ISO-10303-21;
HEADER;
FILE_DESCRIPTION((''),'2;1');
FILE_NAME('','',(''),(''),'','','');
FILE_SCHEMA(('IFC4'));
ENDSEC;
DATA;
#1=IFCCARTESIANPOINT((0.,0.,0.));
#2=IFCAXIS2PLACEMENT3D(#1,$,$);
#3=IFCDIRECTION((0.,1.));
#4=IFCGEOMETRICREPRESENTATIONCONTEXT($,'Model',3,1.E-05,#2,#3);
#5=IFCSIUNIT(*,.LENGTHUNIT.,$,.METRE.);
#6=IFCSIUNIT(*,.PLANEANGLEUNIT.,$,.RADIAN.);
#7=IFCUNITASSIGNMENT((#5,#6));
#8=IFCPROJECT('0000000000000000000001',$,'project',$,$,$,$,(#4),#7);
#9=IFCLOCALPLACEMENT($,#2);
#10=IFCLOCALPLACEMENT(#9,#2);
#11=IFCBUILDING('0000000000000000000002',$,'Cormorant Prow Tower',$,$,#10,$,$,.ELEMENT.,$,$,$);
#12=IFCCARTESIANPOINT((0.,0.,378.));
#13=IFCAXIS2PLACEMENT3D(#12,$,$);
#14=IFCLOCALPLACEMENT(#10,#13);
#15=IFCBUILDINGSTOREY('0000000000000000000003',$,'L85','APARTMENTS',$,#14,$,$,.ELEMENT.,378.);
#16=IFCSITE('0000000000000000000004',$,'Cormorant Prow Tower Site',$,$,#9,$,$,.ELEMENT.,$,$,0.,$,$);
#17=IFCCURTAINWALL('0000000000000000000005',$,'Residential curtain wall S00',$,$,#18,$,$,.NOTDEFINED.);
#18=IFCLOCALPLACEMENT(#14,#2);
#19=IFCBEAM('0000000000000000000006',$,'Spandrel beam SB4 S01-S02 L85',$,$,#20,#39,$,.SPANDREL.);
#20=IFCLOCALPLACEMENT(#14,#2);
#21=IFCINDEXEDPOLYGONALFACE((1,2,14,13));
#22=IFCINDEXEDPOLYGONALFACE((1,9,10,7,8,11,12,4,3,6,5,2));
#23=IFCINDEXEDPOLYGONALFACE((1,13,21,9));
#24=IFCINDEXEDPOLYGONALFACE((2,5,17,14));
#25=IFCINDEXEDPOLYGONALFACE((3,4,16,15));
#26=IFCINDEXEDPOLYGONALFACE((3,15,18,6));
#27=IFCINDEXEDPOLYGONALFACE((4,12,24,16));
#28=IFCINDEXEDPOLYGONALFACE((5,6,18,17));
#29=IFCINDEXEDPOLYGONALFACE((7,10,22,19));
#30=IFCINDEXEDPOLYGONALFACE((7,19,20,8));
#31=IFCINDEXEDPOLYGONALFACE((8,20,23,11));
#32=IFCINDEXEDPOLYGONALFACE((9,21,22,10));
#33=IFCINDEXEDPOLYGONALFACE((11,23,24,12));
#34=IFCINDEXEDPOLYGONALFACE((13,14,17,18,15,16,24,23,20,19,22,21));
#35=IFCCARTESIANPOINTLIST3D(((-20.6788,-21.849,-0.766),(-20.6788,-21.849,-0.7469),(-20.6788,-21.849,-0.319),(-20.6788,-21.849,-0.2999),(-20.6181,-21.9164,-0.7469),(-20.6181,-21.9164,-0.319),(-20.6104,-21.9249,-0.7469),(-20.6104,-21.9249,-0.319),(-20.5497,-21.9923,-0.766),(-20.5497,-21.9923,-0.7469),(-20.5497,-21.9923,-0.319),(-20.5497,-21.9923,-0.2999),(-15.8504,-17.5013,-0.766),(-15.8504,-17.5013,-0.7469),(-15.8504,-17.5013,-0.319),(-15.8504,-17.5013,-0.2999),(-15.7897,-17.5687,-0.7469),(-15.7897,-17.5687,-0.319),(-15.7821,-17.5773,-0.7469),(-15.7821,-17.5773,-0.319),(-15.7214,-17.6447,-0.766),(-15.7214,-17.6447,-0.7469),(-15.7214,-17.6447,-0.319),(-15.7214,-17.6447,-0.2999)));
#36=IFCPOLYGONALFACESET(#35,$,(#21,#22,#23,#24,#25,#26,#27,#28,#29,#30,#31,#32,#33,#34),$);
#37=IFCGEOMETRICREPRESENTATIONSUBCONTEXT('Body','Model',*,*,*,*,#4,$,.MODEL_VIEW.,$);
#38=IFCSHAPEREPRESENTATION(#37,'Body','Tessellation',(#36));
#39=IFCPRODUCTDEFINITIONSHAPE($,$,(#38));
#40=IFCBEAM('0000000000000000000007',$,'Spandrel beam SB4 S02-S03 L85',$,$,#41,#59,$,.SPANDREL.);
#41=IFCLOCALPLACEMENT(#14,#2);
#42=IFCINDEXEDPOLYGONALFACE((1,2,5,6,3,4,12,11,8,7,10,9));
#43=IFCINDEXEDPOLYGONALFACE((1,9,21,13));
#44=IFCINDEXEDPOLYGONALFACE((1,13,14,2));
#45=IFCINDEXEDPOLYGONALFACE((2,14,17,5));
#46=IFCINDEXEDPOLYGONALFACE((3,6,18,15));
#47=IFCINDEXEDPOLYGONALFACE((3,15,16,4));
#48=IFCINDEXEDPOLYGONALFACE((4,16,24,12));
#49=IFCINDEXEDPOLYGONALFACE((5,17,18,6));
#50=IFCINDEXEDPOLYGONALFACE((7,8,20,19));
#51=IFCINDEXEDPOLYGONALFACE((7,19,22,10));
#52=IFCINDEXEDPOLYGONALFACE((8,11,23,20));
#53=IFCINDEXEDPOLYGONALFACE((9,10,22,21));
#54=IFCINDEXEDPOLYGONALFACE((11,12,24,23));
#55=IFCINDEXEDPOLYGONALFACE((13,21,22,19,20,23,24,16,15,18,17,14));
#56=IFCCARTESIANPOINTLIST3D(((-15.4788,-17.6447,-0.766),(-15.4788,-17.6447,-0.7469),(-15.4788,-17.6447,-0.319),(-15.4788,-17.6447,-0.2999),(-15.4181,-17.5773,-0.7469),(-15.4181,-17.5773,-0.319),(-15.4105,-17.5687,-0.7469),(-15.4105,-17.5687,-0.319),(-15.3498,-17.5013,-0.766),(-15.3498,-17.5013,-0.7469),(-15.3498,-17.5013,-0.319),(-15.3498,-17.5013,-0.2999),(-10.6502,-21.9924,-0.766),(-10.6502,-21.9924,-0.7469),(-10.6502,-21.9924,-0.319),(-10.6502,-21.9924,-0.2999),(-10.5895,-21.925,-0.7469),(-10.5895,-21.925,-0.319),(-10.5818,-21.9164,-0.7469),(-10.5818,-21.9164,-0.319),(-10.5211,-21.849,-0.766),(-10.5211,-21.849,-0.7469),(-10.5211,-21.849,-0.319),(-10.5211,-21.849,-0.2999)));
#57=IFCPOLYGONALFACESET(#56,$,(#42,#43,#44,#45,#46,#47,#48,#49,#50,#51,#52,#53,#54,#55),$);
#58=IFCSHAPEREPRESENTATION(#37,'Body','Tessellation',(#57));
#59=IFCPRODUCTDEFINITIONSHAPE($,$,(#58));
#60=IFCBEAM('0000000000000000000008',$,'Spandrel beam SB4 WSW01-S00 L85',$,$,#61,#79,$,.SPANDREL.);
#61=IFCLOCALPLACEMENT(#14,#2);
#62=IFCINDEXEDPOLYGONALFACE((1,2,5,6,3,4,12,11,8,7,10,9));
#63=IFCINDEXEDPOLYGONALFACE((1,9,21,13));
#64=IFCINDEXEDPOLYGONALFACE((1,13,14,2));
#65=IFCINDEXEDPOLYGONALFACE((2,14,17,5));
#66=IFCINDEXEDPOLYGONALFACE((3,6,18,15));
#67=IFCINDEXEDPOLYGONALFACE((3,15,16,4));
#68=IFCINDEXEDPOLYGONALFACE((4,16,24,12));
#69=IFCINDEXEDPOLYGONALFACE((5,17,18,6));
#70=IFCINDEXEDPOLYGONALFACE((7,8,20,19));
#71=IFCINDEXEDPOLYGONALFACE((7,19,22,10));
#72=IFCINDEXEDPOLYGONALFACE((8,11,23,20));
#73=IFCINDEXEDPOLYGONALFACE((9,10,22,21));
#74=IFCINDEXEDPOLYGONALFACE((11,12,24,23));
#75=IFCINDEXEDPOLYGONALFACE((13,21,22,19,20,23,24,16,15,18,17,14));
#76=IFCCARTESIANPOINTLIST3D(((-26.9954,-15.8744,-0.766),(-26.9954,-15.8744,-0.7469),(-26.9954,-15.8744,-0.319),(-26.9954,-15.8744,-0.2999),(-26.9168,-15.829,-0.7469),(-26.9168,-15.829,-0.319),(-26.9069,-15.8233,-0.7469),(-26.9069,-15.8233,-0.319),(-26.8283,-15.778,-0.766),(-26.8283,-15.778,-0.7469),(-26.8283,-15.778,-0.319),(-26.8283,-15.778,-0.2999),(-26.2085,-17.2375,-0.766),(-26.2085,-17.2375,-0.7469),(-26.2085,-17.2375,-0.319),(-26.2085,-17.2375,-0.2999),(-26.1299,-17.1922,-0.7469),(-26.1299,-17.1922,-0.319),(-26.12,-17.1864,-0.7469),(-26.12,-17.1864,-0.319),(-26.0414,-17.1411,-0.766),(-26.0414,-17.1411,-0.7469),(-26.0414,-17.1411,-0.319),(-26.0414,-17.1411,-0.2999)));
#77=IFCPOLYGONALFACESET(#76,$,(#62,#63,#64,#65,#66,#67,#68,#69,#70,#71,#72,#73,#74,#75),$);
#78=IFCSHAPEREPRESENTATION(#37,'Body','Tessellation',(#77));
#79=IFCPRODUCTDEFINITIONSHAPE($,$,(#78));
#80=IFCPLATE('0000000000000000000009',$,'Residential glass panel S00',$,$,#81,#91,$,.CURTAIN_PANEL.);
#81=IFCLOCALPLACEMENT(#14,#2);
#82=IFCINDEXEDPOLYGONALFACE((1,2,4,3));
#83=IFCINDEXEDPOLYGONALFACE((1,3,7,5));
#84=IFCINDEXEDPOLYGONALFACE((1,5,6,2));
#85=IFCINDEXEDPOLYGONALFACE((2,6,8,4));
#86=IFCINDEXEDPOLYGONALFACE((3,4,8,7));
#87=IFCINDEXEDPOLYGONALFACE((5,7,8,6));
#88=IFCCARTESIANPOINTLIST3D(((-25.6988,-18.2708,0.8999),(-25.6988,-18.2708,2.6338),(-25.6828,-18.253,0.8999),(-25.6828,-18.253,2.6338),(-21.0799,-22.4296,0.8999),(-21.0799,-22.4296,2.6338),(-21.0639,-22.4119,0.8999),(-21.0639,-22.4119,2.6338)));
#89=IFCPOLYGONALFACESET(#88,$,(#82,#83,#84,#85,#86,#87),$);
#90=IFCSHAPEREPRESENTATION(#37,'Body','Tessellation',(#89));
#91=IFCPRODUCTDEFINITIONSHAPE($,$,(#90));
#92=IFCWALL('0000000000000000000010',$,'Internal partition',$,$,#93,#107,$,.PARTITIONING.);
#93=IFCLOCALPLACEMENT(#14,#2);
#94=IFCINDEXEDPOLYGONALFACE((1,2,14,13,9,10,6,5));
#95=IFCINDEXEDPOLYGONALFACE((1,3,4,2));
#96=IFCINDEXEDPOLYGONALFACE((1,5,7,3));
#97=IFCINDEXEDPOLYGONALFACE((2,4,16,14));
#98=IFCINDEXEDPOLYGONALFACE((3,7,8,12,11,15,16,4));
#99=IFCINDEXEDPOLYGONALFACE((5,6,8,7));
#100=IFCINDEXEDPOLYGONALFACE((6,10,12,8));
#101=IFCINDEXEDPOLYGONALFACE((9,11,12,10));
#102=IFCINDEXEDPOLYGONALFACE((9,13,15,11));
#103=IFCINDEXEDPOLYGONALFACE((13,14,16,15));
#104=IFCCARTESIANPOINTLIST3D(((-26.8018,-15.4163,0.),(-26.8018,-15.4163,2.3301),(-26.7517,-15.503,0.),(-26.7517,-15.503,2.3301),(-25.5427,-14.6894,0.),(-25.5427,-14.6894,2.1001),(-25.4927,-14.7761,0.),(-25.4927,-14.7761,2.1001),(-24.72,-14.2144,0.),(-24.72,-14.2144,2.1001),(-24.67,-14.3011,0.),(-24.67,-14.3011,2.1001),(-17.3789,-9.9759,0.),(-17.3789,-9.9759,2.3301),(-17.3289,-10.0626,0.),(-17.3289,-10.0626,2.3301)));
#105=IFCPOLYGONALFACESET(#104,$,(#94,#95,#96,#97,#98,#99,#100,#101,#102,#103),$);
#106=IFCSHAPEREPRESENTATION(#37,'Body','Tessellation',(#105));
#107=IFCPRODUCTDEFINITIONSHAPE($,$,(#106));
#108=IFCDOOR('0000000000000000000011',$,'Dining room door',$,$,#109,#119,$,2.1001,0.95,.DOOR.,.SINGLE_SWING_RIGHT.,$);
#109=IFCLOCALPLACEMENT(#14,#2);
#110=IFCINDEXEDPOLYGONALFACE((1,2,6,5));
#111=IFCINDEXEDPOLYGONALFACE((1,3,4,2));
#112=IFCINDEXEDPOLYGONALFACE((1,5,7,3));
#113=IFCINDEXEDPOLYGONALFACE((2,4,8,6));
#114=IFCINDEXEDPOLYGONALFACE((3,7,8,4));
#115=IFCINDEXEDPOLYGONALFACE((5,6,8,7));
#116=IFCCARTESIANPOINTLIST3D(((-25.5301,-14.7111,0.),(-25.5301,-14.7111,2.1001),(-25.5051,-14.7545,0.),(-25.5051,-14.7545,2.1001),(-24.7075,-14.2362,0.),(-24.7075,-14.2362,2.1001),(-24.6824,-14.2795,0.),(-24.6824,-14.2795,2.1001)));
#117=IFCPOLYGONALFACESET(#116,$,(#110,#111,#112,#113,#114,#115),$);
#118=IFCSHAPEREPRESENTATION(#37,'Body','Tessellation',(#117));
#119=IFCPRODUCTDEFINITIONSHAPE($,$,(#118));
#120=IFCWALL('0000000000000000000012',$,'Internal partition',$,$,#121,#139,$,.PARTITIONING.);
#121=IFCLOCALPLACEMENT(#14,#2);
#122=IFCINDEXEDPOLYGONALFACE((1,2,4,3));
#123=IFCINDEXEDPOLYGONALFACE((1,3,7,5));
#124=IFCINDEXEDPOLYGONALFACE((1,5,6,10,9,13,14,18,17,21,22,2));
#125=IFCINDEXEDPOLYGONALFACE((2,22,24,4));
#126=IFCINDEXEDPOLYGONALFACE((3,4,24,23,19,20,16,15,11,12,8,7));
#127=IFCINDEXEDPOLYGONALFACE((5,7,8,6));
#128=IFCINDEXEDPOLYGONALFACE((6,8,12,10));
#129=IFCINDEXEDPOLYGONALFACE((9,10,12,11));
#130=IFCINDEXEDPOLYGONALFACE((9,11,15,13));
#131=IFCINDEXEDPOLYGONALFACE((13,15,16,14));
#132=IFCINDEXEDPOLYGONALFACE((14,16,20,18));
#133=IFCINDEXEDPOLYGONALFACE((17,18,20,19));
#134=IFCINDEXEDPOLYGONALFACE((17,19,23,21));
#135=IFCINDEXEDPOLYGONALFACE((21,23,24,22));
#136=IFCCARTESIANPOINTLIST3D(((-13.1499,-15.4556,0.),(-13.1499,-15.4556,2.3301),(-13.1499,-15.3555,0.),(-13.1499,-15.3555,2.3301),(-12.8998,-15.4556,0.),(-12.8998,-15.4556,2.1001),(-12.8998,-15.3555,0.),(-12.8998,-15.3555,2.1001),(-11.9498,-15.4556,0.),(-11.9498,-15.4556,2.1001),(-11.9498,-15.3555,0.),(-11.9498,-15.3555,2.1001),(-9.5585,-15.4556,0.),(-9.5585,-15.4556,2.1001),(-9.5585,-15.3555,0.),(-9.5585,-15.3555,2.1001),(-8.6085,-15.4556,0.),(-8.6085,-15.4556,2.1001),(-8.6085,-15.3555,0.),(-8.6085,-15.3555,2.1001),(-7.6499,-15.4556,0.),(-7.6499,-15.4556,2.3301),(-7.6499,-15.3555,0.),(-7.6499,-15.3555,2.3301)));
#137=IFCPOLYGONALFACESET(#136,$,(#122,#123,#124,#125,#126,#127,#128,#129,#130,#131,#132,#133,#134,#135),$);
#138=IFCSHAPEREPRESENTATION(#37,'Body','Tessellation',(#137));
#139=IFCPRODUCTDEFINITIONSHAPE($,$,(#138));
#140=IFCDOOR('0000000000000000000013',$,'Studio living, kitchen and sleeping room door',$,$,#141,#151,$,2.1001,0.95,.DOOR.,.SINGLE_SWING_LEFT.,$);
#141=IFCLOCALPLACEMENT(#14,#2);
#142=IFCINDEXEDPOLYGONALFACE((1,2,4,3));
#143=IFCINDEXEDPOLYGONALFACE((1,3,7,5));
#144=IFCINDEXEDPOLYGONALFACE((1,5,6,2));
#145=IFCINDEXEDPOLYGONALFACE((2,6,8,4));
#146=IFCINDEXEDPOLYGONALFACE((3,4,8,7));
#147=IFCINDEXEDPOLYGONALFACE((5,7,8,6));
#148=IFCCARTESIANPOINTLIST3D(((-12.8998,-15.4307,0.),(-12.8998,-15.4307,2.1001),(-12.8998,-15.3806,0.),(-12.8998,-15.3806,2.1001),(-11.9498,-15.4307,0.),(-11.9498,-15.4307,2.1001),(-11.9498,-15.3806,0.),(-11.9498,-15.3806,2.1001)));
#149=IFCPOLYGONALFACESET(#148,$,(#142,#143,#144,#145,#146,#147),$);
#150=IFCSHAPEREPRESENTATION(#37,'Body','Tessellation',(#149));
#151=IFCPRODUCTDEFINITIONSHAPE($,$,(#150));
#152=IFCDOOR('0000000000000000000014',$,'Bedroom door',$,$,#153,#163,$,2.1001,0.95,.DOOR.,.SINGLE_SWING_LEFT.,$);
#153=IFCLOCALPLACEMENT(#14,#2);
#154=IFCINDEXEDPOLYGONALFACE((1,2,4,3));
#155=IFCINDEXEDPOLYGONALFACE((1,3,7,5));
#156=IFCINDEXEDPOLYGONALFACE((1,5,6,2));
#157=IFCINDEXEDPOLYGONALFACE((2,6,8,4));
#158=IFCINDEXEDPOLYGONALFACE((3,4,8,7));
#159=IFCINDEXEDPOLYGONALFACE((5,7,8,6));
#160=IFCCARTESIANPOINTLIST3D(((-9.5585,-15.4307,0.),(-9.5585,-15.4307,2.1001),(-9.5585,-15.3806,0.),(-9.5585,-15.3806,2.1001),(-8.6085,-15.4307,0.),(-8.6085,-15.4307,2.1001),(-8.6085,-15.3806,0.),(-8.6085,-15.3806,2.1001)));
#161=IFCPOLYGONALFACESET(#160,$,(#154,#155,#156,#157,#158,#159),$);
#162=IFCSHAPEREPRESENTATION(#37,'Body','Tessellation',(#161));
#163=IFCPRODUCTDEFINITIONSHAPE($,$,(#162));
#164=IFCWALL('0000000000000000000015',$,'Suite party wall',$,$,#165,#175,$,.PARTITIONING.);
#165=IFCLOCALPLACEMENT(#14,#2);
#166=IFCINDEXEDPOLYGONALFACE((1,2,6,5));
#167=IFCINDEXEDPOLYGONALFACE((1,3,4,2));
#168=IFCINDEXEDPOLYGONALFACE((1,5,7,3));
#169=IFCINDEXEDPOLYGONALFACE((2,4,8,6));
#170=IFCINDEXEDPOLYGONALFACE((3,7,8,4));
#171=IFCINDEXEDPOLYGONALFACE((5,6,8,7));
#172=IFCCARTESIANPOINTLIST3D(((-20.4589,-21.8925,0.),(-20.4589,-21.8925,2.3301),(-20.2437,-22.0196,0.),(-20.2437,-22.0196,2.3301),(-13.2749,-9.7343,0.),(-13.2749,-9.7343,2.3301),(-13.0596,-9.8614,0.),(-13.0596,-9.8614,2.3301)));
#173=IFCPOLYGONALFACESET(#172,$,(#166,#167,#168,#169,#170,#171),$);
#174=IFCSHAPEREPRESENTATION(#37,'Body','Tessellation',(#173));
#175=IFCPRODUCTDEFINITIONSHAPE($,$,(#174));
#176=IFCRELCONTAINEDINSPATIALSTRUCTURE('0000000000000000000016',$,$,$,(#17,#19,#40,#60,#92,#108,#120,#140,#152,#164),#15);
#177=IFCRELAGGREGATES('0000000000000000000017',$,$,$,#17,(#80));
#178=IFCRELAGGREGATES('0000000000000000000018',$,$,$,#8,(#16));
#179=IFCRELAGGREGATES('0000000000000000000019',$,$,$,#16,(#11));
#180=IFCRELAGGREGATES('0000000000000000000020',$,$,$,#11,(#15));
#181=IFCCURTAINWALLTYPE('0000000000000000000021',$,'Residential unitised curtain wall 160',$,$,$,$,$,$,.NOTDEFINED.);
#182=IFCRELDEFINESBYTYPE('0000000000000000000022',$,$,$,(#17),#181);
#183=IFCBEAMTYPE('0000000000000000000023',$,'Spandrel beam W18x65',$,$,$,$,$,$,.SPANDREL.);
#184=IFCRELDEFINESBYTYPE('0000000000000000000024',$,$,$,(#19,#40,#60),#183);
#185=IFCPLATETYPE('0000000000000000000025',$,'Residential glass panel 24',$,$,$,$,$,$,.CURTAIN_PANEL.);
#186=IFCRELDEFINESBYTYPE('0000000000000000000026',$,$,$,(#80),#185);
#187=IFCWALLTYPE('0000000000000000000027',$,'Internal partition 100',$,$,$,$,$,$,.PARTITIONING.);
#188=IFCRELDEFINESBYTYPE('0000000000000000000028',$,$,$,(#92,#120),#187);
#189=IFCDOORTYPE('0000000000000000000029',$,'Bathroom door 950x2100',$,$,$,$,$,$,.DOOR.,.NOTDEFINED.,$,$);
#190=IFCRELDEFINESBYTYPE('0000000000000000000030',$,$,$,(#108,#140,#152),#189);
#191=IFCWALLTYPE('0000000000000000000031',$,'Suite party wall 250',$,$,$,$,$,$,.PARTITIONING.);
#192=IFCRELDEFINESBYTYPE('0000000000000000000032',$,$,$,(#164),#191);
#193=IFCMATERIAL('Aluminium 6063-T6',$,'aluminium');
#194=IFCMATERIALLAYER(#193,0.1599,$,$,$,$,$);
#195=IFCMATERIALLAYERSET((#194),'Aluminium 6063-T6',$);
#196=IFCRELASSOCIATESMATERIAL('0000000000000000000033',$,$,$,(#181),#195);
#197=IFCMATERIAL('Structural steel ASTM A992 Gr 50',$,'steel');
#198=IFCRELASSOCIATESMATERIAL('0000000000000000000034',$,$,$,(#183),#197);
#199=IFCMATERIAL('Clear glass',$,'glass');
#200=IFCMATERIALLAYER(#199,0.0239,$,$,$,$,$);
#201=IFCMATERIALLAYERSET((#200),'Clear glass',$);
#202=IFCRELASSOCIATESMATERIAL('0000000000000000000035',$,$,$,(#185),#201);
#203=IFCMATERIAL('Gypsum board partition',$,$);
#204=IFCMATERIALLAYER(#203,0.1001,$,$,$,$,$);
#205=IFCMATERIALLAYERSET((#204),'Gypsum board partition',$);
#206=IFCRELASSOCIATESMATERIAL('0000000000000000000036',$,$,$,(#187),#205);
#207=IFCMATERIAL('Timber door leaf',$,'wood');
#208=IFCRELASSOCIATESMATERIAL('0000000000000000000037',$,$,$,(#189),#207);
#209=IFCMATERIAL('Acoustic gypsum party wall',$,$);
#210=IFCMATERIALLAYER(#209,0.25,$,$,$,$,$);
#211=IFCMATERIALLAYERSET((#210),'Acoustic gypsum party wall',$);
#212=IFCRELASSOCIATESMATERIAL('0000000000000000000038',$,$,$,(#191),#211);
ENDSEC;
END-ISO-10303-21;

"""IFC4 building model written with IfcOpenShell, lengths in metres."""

from ifc_helpers import new_model, si_unit, direction, frame, frame_2d, origin, origin_2d, place, context, subcontext, project, spatial, rectangle, i_section, extrude, material, layer, layer_set, material_profile, profile_set, type_object, element, fill, aggregate, save


model = new_model("IFC4")

# Units and contexts
model_context = context("Model", 3, precision=1e-05, world=origin(), true_north=direction((0.0, 1.0)))
body_context = subcontext(model_context, "Body", "Model", "MODEL_VIEW")
ifc_project = project(units=[si_unit("LENGTHUNIT", "METRE"), si_unit("PLANEANGLEUNIT", "RADIAN")], contexts=[model_context])

# Site, building, storey
site_placement = place(None, origin())
site = spatial("IfcSite", under=ifc_project, at=site_placement, Name="Cormorant Prow Tower Site", CompositionType="ELEMENT", RefElevation=0.0)
building_placement = place(site_placement, origin())
building = spatial("IfcBuilding", under=site, at=building_placement, Name="Cormorant Prow Tower", CompositionType="ELEMENT")
storey_placement = place(building_placement, frame((0.0, 0.0, 378.0)))
storey = spatial("IfcBuildingStorey", under=building, at=storey_placement, Name="L85", Description="APARTMENTS", CompositionType="ELEMENT", Elevation=378.0)

# Curtain wall
ifc_material_1 = material(Name="Aluminium 6063-T6", Category="aluminium")
ifc_layer_1 = layer(ifc_material_1, 0.1599)
ifc_layer_set_1 = layer_set([ifc_layer_1], Name="Aluminium 6063-T6")
curtain_wall_type = type_object("IfcCurtainWallType", Name="Residential unitised curtain wall 160", PredefinedType="NOTDEFINED", material=ifc_layer_set_1)
curtain_wall_1_placement = place(storey_placement, origin())
curtain_wall_1 = element("IfcCurtainWall", 1, at=curtain_wall_1_placement, inside=storey, type_object=curtain_wall_type, Name="Residential curtain wall S00", PredefinedType="NOTDEFINED")

# Beams
ifc_material_2 = material(Name="Structural steel ASTM A992 Gr 50", Category="steel")
ifc_material_profile_1 = material_profile(ifc_material_2, i_section(OverallWidth=0.1929, OverallDepth=0.4661, WebThickness=0.0115, FlangeThickness=0.019, at=origin_2d()), Name="W18x65")
ifc_profile_set_1 = profile_set([ifc_material_profile_1], Name="Structural steel ASTM A992 Gr 50")
beam_type = type_object("IfcBeamType", Name="Spandrel beam W18x65", PredefinedType="SPANDREL", material=ifc_profile_set_1)
for number, where, z_axis, x_axis, name in (
    (2, (-20.6143, -21.9207, -0.533), (0.743132, 0.669145, 0.0), (-0.669145, 0.743132, 0.0), "Spandrel beam SB4 S01-S02 L85"),
):
    element("IfcBeam", number, at=place(storey_placement, frame(where, z_axis=z_axis, x_axis=x_axis)), inside=storey, type_object=beam_type, Name=name, PredefinedType="SPANDREL", context=body_context, shape_type="SweptSolid", body=[
        extrude(i_section(OverallWidth=0.1929, OverallDepth=0.4661, WebThickness=0.0115, FlangeThickness=0.019, at=origin_2d()), origin(), (0.0, 0.0, 1.0), 6.4973),
    ])
beam_1_placement = place(storey_placement, frame((-15.4143, -17.573, -0.533), z_axis=(0.743148, -0.669127, 0.0), x_axis=(0.669127, 0.743148, 0.0)))
element("IfcBeam", 3, at=beam_1_placement, inside=storey, type_object=beam_type, Name="Spandrel beam SB4 S02-S03 L85", PredefinedType="SPANDREL", context=body_context, shape_type="SweptSolid", body=[
    extrude(i_section(OverallWidth=0.1929, OverallDepth=0.4661, WebThickness=0.0115, FlangeThickness=0.019, at=origin_2d()), origin(), (0.0, 0.0, 1.0), 6.4976),
])
beam_2_placement = place(storey_placement, frame((-26.9119, -15.8262, -0.533), z_axis=(0.49996, -0.866049, 0.0), x_axis=(0.866049, 0.49996, 0.0)))
element("IfcBeam", 4, at=beam_2_placement, inside=storey, type_object=beam_type, Name="Spandrel beam SB4 WSW01-S00 L85", PredefinedType="SPANDREL", context=body_context, shape_type="SweptSolid", body=[
    extrude(i_section(OverallWidth=0.1929, OverallDepth=0.4661, WebThickness=0.0115, FlangeThickness=0.019, at=origin_2d()), origin(), (0.0, 0.0, 1.0), 1.574),
])

# Plate
ifc_material_3 = material(Name="Clear glass", Category="glass")
ifc_layer_2 = layer(ifc_material_3, 0.0239)
ifc_layer_set_2 = layer_set([ifc_layer_2], Name="Clear glass")
plate_type = type_object("IfcPlateType", Name="Residential glass panel 24", PredefinedType="CURTAIN_PANEL", material=ifc_layer_set_2)
plate_placement = place(storey_placement, frame((-23.3813, -20.3413, 0.8999), z_axis=(0.0, 0.0, 1.0), x_axis=(0.743145, -0.669131, 0.0)))
plate = element("IfcPlate", 5, at=plate_placement, type_object=plate_type, Name="Residential glass panel S00", PredefinedType="CURTAIN_PANEL", context=body_context, shape_type="SweptSolid", body=[
    extrude(rectangle(XDim=6.2153, YDim=0.0239, at=origin_2d()), origin(), (0.0, 0.0, 1.0), 1.7339),
])
aggregate(curtain_wall_1, [plate])

# Wall, opening, door
ifc_material_4 = material(Name="Gypsum board partition")
ifc_layer_3 = layer(ifc_material_4, 0.1001)
ifc_layer_set_3 = layer_set([ifc_layer_3], Name="Gypsum board partition")
wall_type_1 = type_object("IfcWallType", Name="Internal partition 100", PredefinedType="PARTITIONING", material=ifc_layer_set_3)
wall_1_placement = place(storey_placement, frame((-26.7769, -15.4597, 0.0), z_axis=(0.0, 0.0, 1.0), x_axis=(0.86602, 0.50001, 0.0)))
wall_1 = element("IfcWall", 6, at=wall_1_placement, inside=storey, type_object=wall_type_1, Name="Internal partition", PredefinedType="PARTITIONING", context=body_context, shape_type="SweptSolid", body=[
    extrude(rectangle(XDim=10.8806, YDim=0.1001, at=frame_2d((5.4404, 0.0))), origin(), (0.0, 0.0, 1.0), 2.3301),
])
opening_1_placement = place(wall_1_placement, frame((1.4539, 0.0, 0.0)))
opening_1 = element("IfcOpeningElement", 7, at=opening_1_placement, cuts=wall_1, PredefinedType="OPENING", context=body_context, shape_type="SweptSolid", body=[
    extrude(rectangle(XDim=0.95, YDim=2.1001, at=frame_2d((0.4751, 1.05))), frame((0.0, 0.0601, 0.0), z_axis=(0.0, -1.0, 0.0), x_axis=(1.0, 0.0, 0.0)), (0.0, 0.0, 1.0), 0.1201),
])
ifc_material_5 = material(Name="Timber door leaf", Category="wood")
door_type_1 = type_object("IfcDoorType", Name="Bathroom door 950x2100", OperationType="NOTDEFINED", PredefinedType="DOOR", material=ifc_material_5)
door_1_placement = place(opening_1_placement, origin())
door_1 = element("IfcDoor", 8, at=door_1_placement, inside=storey, type_object=door_type_1, Name="Dining room door", OperationType="SINGLE_SWING_RIGHT", OverallHeight=2.1001, OverallWidth=0.95, PredefinedType="DOOR", context=body_context, shape_type="SweptSolid", body=[
    extrude(rectangle(XDim=0.95, YDim=2.1001, at=frame_2d((0.4751, 1.05))), frame((0.0, 0.0249, 0.0), z_axis=(0.0, -1.0, 0.0), x_axis=(1.0, 0.0, 0.0)), (0.0, 0.0, 1.0), 0.05),
])
fill(opening_1, door_1)

# Wall, openings, doors
wall_2_placement = place(storey_placement, frame((-13.1499, -15.4055, 0.0), z_axis=(0.0, 0.0, 1.0), x_axis=(1.0, 0.0, 0.0)))
wall_2 = element("IfcWall", 9, at=wall_2_placement, inside=storey, type_object=wall_type_1, Name="Internal partition", PredefinedType="PARTITIONING", context=body_context, shape_type="SweptSolid", body=[
    extrude(rectangle(XDim=5.5, YDim=0.1001, at=frame_2d((2.75, 0.0))), origin(), (0.0, 0.0, 1.0), 2.3301),
])
opening_2_placement = place(wall_2_placement, frame((0.25, 0.0, 0.0)))
opening_2 = element("IfcOpeningElement", 10, at=opening_2_placement, cuts=wall_2, PredefinedType="OPENING", context=body_context, shape_type="SweptSolid", body=[
    extrude(rectangle(XDim=0.95, YDim=2.1001, at=frame_2d((0.4751, 1.05))), frame((0.0, 0.0601, 0.0), z_axis=(0.0, -1.0, 0.0), x_axis=(1.0, 0.0, 0.0)), (0.0, 0.0, 1.0), 0.1201),
])
opening_3_placement = place(wall_2_placement, frame((3.5913, 0.0, 0.0)))
opening_3 = element("IfcOpeningElement", 11, at=opening_3_placement, cuts=wall_2, PredefinedType="OPENING", context=body_context, shape_type="SweptSolid", body=[
    extrude(rectangle(XDim=0.95, YDim=2.1001, at=frame_2d((0.4751, 1.05))), frame((0.0, 0.0601, 0.0), z_axis=(0.0, -1.0, 0.0), x_axis=(1.0, 0.0, 0.0)), (0.0, 0.0, 1.0), 0.1201),
])
door_2_placement = place(opening_2_placement, origin())
door_2 = element("IfcDoor", 12, at=door_2_placement, inside=storey, type_object=door_type_1, Name="Studio living, kitchen and sleeping room door", OperationType="SINGLE_SWING_LEFT", OverallHeight=2.1001, OverallWidth=0.95, PredefinedType="DOOR", context=body_context, shape_type="SweptSolid", body=[
    extrude(rectangle(XDim=0.95, YDim=2.1001, at=frame_2d((0.4751, 1.05))), frame((0.0, 0.0249, 0.0), z_axis=(0.0, -1.0, 0.0), x_axis=(1.0, 0.0, 0.0)), (0.0, 0.0, 1.0), 0.05),
])
fill(opening_2, door_2)
door_3_placement = place(opening_3_placement, origin())
door_3 = element("IfcDoor", 13, at=door_3_placement, inside=storey, type_object=door_type_1, Name="Bedroom door", OperationType="SINGLE_SWING_LEFT", OverallHeight=2.1001, OverallWidth=0.95, PredefinedType="DOOR", context=body_context, shape_type="SweptSolid", body=[
    extrude(rectangle(XDim=0.95, YDim=2.1001, at=frame_2d((0.4751, 1.05))), frame((0.0, 0.0249, 0.0), z_axis=(0.0, -1.0, 0.0), x_axis=(1.0, 0.0, 0.0)), (0.0, 0.0, 1.0), 0.05),
])
fill(opening_3, door_3)

# Wall
ifc_material_6 = material(Name="Acoustic gypsum party wall")
ifc_layer_4 = layer(ifc_material_6, 0.25)
ifc_layer_set_4 = layer_set([ifc_layer_4], Name="Acoustic gypsum party wall")
wall_type_2 = type_object("IfcWallType", Name="Suite party wall 250", PredefinedType="PARTITIONING", material=ifc_layer_set_4)
wall_3_placement = place(storey_placement, frame((-20.3513, -21.9561, 0.0), z_axis=(0.0, 0.0, 1.0), x_axis=(0.508713, 0.860936, 0.0)))
element("IfcWall", 14, at=wall_3_placement, inside=storey, type_object=wall_type_2, Name="Suite party wall", PredefinedType="PARTITIONING", context=body_context, shape_type="SweptSolid", body=[
    extrude(rectangle(XDim=14.1221, YDim=0.25, at=frame_2d((7.061, 0.0))), origin(), (0.0, 0.0, 1.0), 2.3301),
])

save(model, "model.ifc")
